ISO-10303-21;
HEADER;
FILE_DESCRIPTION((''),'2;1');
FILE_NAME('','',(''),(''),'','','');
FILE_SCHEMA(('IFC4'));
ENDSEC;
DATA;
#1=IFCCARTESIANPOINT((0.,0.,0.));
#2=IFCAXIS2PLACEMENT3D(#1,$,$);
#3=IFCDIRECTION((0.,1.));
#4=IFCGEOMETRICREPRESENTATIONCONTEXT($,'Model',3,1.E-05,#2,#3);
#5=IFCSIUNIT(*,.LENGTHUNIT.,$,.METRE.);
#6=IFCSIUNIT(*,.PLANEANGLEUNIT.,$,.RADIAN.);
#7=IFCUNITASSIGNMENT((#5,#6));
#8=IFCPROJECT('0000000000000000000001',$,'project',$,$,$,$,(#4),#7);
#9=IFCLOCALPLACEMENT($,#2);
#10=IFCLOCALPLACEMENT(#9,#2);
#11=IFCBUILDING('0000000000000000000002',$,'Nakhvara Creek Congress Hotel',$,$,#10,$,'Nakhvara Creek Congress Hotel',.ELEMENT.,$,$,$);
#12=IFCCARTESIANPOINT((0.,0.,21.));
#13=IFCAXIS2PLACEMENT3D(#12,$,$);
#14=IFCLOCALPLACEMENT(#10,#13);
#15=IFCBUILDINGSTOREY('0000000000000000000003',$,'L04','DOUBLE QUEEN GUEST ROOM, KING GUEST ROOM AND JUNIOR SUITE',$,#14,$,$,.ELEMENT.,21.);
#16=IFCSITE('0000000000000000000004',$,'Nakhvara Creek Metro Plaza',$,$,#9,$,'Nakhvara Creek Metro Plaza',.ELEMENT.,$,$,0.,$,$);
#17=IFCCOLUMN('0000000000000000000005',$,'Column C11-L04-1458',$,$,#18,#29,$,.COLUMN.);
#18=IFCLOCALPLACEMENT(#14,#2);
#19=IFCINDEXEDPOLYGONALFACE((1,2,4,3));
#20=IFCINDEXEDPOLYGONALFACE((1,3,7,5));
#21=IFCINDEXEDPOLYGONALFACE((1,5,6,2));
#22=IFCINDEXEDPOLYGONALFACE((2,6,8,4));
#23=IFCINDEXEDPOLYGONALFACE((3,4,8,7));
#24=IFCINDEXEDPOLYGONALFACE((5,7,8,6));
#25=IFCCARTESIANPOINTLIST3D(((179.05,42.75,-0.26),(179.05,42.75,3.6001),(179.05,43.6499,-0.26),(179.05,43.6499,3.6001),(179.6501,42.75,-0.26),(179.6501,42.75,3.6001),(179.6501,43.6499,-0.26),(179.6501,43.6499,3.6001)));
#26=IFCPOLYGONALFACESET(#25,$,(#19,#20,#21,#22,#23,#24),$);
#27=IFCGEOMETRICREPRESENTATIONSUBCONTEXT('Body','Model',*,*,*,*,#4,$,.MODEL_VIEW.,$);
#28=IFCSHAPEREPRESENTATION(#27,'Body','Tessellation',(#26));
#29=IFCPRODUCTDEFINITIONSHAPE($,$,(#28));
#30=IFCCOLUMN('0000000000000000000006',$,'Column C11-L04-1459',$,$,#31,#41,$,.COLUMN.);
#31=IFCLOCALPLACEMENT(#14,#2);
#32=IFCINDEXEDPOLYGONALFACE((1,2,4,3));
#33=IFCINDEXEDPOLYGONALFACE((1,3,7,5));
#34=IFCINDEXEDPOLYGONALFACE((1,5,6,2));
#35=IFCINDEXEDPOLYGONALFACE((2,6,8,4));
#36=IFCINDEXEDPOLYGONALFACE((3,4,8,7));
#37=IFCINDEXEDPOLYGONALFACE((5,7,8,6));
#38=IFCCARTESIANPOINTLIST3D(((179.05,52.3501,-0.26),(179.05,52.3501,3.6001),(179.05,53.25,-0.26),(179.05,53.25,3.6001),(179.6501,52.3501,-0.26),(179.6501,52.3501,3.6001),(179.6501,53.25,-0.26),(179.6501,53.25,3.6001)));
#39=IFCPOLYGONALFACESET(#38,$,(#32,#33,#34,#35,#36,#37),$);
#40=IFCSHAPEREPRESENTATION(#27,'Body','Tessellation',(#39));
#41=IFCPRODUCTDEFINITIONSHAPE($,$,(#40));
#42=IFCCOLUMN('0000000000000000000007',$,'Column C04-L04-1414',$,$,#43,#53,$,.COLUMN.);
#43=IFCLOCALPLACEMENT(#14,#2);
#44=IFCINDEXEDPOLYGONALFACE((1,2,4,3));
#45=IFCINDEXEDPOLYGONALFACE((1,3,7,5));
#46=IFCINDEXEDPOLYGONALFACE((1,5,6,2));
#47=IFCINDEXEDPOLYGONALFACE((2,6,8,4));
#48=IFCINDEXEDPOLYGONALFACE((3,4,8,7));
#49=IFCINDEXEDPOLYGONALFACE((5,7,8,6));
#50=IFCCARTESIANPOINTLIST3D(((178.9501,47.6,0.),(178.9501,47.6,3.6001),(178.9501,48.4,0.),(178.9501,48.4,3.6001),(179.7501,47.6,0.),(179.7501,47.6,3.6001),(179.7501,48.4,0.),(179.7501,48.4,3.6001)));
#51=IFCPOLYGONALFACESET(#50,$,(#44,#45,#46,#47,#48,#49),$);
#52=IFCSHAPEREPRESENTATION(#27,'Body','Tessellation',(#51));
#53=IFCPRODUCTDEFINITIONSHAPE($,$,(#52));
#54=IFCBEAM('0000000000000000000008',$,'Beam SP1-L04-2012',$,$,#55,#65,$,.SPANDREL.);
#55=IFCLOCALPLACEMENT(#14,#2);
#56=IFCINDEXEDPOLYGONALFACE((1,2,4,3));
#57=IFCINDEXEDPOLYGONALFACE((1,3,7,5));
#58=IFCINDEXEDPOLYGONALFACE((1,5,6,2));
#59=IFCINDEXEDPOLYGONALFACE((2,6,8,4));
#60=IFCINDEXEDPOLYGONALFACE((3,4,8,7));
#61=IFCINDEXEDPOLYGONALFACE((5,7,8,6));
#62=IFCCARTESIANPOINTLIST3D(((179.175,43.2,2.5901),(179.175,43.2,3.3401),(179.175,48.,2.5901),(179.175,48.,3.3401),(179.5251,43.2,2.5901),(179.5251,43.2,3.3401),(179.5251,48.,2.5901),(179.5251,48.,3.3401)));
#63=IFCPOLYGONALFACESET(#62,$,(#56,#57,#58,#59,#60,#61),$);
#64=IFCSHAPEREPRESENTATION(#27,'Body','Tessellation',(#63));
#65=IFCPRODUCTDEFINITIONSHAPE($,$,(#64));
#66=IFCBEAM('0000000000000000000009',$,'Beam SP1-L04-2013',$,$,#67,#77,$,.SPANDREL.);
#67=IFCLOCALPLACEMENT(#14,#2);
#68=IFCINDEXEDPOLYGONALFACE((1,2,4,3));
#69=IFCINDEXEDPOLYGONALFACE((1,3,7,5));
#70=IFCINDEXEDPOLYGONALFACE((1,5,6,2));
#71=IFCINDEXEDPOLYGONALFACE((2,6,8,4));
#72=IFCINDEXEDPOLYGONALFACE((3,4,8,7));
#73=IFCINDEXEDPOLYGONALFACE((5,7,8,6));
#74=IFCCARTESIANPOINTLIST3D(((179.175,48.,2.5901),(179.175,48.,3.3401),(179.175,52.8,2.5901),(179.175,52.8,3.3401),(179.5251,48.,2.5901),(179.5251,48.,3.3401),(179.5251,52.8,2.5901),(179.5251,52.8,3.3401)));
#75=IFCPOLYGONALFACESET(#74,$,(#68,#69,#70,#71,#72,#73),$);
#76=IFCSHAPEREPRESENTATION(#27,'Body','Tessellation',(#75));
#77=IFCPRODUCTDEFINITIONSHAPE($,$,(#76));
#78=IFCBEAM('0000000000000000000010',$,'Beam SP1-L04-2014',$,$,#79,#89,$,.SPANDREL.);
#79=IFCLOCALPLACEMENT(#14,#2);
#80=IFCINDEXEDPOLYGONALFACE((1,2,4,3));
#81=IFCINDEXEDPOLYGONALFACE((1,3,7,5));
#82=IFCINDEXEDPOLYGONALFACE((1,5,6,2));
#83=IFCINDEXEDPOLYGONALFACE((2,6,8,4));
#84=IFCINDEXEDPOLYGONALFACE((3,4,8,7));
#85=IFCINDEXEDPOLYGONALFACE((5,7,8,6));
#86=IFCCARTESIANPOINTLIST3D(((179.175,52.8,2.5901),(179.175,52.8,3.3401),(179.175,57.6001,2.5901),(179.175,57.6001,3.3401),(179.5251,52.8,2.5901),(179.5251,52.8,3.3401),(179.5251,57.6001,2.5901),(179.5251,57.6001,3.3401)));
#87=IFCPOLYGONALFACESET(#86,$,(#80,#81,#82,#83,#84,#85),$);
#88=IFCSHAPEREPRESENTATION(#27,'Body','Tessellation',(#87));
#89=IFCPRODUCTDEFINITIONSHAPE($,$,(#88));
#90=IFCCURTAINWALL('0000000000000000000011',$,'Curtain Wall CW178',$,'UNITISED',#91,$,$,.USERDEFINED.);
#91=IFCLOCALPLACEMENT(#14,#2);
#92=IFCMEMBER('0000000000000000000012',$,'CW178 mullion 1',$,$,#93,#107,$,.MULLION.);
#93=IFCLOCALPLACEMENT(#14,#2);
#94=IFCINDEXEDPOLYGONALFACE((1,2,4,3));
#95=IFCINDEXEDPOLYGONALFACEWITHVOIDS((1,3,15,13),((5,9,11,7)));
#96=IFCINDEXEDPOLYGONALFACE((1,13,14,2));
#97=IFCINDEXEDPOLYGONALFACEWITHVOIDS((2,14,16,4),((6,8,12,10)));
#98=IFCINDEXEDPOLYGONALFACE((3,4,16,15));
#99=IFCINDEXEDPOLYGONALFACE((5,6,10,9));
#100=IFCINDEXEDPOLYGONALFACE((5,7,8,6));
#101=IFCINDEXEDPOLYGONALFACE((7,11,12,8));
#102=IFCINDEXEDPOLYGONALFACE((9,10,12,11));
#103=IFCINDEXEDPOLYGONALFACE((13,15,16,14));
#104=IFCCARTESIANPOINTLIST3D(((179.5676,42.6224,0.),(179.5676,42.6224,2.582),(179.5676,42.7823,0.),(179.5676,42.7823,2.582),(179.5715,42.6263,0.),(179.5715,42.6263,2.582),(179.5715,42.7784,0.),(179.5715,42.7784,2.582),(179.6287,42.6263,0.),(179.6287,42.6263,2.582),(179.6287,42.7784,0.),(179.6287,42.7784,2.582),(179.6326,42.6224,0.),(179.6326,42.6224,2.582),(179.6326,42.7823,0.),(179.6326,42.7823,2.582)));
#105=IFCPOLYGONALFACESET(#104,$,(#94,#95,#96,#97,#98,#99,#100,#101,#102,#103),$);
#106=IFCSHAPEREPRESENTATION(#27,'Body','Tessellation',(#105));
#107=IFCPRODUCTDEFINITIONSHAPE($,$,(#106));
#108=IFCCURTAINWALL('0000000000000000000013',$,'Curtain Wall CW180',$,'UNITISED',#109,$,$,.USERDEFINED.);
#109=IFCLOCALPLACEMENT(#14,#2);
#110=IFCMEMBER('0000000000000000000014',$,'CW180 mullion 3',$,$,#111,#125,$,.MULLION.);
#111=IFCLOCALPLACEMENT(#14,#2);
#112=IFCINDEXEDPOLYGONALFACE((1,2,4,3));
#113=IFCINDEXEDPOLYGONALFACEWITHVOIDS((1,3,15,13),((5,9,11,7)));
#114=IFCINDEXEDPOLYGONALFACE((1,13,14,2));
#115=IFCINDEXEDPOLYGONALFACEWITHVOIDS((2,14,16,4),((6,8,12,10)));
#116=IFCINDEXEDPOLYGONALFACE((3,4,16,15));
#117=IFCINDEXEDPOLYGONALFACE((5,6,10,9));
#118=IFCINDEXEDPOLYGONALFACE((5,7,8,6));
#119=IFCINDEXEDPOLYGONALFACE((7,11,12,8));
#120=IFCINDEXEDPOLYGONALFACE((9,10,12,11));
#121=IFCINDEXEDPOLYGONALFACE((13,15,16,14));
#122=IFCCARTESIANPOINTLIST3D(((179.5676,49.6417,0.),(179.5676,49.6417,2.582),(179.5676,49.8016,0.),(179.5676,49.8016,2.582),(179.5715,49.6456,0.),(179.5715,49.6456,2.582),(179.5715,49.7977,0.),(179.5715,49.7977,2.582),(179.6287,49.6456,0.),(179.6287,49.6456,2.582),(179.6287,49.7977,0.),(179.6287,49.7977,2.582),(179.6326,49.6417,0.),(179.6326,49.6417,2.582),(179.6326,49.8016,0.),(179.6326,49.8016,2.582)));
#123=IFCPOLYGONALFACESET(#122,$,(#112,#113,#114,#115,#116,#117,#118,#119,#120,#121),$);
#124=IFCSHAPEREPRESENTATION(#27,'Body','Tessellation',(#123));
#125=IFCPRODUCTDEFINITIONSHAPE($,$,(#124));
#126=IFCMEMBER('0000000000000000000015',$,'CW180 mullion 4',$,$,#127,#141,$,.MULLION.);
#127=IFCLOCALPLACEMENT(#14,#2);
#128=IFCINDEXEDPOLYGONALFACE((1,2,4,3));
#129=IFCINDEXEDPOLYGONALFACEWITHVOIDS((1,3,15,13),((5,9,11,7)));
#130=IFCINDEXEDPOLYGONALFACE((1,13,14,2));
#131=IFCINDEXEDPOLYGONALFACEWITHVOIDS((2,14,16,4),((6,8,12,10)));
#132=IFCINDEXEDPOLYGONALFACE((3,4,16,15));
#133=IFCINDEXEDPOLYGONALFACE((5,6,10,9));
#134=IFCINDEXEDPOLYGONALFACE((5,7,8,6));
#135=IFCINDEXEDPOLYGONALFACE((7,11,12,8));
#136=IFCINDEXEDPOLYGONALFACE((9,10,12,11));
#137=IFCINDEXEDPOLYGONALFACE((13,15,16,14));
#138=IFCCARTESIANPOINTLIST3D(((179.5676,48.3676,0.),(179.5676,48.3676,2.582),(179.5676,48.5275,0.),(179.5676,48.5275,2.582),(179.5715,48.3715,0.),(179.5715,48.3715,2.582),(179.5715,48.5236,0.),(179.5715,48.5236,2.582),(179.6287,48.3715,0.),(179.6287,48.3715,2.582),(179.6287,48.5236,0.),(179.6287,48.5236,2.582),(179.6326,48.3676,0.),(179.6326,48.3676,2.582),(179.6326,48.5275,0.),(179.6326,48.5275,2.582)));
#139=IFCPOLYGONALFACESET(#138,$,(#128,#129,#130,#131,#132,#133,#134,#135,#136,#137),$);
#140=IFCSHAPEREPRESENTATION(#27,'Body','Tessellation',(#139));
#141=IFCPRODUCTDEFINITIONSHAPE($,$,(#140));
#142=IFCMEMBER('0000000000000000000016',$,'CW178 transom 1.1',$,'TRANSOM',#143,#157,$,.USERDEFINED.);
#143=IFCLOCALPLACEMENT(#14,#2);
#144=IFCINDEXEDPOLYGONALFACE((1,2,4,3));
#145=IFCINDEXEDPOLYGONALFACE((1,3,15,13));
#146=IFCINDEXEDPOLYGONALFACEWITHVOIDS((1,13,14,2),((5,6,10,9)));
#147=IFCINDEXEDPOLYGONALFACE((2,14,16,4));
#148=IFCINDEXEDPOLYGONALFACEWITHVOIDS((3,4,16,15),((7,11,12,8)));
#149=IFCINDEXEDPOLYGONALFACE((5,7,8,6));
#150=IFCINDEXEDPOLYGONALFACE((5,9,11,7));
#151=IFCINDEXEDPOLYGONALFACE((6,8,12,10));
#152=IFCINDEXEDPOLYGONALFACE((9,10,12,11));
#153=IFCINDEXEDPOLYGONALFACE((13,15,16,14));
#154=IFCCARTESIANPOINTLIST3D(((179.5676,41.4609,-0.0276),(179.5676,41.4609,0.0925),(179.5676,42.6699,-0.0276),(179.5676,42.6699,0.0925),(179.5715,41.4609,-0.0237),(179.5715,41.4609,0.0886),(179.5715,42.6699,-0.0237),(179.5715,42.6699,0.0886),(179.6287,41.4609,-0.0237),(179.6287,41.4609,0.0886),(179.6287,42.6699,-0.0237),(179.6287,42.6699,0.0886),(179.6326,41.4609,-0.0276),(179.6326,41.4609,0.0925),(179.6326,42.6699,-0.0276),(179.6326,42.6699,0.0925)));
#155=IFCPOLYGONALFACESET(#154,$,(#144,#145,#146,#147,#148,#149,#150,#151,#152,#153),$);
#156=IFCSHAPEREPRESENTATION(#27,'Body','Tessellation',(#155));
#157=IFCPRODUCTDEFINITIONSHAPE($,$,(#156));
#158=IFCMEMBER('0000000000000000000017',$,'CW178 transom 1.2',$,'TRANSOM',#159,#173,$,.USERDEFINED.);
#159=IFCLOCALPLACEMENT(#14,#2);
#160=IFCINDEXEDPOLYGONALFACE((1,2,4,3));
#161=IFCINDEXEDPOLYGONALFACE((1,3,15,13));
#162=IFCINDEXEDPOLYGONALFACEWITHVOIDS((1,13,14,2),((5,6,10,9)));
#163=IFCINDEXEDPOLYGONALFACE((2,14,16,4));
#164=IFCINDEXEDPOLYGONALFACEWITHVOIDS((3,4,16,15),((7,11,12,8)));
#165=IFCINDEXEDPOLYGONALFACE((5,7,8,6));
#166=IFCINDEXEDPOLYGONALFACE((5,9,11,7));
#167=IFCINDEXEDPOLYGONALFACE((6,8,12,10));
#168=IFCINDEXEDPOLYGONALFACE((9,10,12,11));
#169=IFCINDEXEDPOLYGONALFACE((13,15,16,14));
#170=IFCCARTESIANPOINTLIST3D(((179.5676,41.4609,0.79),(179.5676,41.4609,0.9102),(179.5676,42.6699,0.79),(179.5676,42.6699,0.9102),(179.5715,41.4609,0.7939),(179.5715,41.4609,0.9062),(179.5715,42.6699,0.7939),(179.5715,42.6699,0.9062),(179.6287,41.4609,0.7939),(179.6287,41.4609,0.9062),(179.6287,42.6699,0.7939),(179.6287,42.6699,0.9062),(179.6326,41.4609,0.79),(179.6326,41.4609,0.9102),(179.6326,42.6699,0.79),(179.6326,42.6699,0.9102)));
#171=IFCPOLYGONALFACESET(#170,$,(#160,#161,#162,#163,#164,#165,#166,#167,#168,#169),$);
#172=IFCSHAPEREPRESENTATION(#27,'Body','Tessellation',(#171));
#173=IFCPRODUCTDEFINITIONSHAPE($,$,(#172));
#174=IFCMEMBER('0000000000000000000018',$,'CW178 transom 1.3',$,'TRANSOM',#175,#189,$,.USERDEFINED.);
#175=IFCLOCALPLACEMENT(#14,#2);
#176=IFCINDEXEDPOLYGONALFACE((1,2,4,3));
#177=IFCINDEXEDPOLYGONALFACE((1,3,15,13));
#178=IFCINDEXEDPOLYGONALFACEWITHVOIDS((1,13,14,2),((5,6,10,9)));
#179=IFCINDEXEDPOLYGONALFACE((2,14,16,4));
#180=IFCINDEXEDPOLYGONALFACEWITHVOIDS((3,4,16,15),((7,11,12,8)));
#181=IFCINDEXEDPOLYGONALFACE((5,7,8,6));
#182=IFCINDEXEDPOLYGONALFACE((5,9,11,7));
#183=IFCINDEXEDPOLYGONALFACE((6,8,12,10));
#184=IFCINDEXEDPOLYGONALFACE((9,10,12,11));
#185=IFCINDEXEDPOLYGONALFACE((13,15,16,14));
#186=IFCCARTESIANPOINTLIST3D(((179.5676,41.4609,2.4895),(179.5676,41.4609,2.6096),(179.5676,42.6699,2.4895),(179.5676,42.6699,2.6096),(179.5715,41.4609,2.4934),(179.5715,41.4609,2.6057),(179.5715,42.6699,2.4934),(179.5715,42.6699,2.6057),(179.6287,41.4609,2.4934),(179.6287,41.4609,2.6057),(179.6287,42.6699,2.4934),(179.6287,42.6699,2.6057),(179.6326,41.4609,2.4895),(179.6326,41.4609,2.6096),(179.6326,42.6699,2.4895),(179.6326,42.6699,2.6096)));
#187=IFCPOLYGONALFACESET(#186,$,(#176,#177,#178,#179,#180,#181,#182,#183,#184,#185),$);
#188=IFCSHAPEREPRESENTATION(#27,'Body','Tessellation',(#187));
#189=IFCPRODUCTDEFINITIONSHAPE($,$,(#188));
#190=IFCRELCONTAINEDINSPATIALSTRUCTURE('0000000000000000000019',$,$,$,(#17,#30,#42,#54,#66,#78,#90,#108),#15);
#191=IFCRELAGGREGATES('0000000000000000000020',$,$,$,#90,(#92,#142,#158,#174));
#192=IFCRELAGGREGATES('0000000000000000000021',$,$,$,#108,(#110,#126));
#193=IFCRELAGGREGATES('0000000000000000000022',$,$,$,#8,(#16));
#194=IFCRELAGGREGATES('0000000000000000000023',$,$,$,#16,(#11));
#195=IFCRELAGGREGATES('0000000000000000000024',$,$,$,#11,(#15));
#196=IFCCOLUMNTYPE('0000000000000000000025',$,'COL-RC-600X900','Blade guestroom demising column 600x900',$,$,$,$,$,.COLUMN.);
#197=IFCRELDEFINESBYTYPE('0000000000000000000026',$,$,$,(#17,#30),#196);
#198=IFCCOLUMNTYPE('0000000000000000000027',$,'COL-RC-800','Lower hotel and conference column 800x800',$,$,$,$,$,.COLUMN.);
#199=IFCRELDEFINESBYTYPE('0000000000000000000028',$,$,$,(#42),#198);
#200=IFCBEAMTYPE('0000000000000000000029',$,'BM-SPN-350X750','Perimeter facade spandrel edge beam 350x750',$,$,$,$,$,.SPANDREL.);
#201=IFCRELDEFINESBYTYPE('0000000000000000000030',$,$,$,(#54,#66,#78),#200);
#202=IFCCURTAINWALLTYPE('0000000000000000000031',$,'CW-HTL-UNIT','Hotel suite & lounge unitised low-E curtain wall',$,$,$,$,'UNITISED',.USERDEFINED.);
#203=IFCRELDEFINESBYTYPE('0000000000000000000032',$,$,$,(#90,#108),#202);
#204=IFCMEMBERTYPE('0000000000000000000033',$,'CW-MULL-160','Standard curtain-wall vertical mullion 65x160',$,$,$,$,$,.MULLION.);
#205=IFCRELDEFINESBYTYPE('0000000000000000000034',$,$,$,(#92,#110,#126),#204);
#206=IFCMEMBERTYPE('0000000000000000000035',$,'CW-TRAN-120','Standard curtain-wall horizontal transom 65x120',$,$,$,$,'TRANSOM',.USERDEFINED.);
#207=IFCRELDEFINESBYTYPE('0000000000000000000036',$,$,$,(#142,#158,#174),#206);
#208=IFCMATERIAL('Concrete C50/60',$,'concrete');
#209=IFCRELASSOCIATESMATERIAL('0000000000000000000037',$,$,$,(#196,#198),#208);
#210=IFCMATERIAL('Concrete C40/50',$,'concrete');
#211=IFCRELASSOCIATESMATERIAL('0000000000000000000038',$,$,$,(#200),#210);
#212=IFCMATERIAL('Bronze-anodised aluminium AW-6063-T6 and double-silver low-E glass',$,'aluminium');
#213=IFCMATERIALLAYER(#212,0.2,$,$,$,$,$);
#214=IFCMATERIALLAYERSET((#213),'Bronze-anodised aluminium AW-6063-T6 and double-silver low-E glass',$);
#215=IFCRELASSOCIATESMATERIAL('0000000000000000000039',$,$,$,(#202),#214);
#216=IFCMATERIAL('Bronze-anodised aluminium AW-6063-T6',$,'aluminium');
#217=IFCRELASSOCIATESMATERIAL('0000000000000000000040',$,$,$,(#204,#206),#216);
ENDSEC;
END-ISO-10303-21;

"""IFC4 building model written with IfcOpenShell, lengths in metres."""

from ifc_helpers import new_model, si_unit, direction, frame, origin, origin_2d, place, context, subcontext, project, spatial, rectangle, hollow_rectangle, extrude, material, layer, layer_set, material_profile, profile_set, type_object, element, aggregate, save


model = new_model("IFC4")

# Units and contexts
model_context = context("Model", 3, precision=1e-05, world=origin(), true_north=direction((0.0, 1.0)))
body_context = subcontext(model_context, "Body", "Model", "MODEL_VIEW")
ifc_project = project(units=[si_unit("LENGTHUNIT", "METRE"), si_unit("PLANEANGLEUNIT", "RADIAN")], contexts=[model_context])

# Site, building, storey
site_placement = place(None, origin())
site = spatial("IfcSite", under=ifc_project, at=site_placement, Name="Nakhvara Creek Metro Plaza", LongName="Nakhvara Creek Metro Plaza", CompositionType="ELEMENT", RefElevation=0.0)
building_placement = place(site_placement, origin())
building = spatial("IfcBuilding", under=site, at=building_placement, Name="Nakhvara Creek Congress Hotel", LongName="Nakhvara Creek Congress Hotel", CompositionType="ELEMENT")
storey_placement = place(building_placement, frame((0.0, 0.0, 21.0)))
storey = spatial("IfcBuildingStorey", under=building, at=storey_placement, Name="L04", Description="DOUBLE QUEEN GUEST ROOM, KING GUEST ROOM AND JUNIOR SUITE", CompositionType="ELEMENT", Elevation=21.0)

# Columns
ifc_material_1 = material(Name="Concrete C50/60", Category="concrete")
ifc_material_profile_1 = material_profile(ifc_material_1, rectangle(XDim=0.6001, YDim=0.8999, at=origin_2d()), Name="RC-COL 600x900", Category="LoadBearing")
ifc_profile_set_1 = profile_set([ifc_material_profile_1], Name="Concrete C50/60")
column_type_1 = type_object("IfcColumnType", Name="COL-RC-600X900", Description="Blade guestroom demising column 600x900", PredefinedType="COLUMN", material=ifc_profile_set_1)
for number, where, z_axis, x_axis, name in (
    (1, (179.3501, 43.2, -0.26), (0.0, 0.0, 1.0), (1.0, 0.0, 0.0), "Column C11-L04-1458"),
    (2, (179.3501, 52.8, -0.26), (0.0, 0.0, 1.0), (1.0, 0.0, 0.0), "Column C11-L04-1459"),
):
    element("IfcColumn", number, at=place(storey_placement, frame(where, z_axis=z_axis, x_axis=x_axis)), inside=storey, type_object=column_type_1, Name=name, PredefinedType="COLUMN", context=body_context, shape_type="SweptSolid", body=[
        extrude(rectangle(XDim=0.6001, YDim=0.8999, at=origin_2d()), origin(), (0.0, 0.0, 1.0), 3.8601),
    ])
ifc_material_profile_2 = material_profile(ifc_material_1, rectangle(XDim=0.8, YDim=0.8, at=origin_2d()), Name="RC-COL 800x800", Category="LoadBearing")
ifc_profile_set_2 = profile_set([ifc_material_profile_2], Name="Concrete C50/60")
column_type_2 = type_object("IfcColumnType", Name="COL-RC-800", Description="Lower hotel and conference column 800x800", PredefinedType="COLUMN", material=ifc_profile_set_2)
column_placement = place(storey_placement, frame((179.3501, 48.0, 0.0), z_axis=(0.0, 0.0, 1.0), x_axis=(1.0, 0.0, 0.0)))
element("IfcColumn", 3, at=column_placement, inside=storey, type_object=column_type_2, Name="Column C04-L04-1414", PredefinedType="COLUMN", context=body_context, shape_type="SweptSolid", body=[
    extrude(rectangle(XDim=0.8, YDim=0.8, at=origin_2d()), origin(), (0.0, 0.0, 1.0), 3.6001),
])

# Beams
ifc_material_2 = material(Name="Concrete C40/50", Category="concrete")
ifc_material_profile_3 = material_profile(ifc_material_2, rectangle(XDim=0.3501, YDim=0.75, at=origin_2d()), Name="RC-SPANDREL 350x750", Category="LoadBearing")
ifc_profile_set_3 = profile_set([ifc_material_profile_3], Name="Concrete C40/50")
beam_type = type_object("IfcBeamType", Name="BM-SPN-350X750", Description="Perimeter facade spandrel edge beam 350x750", PredefinedType="SPANDREL", material=ifc_profile_set_3)
for number, where, z_axis, x_axis, name in (
    (4, (179.3501, 43.2, 2.9651), (0.0, 1.0, 0.0), (-1.0, 0.0, 0.0), "Beam SP1-L04-2012"),
    (5, (179.3501, 48.0, 2.9651), (0.0, 1.0, 0.0), (-1.0, 0.0, 0.0), "Beam SP1-L04-2013"),
    (6, (179.3501, 52.8, 2.9651), (0.0, 1.0, 0.0), (-1.0, 0.0, 0.0), "Beam SP1-L04-2014"),
):
    element("IfcBeam", number, at=place(storey_placement, frame(where, z_axis=z_axis, x_axis=x_axis)), inside=storey, type_object=beam_type, Name=name, PredefinedType="SPANDREL", context=body_context, shape_type="SweptSolid", body=[
        extrude(rectangle(XDim=0.3501, YDim=0.75, at=origin_2d()), origin(), (0.0, 0.0, 1.0), 4.8),
    ])

# Curtain wall, member
ifc_material_3 = material(Name="Bronze-anodised aluminium AW-6063-T6 and double-silver low-E glass", Category="aluminium")
ifc_layer_1 = layer(ifc_material_3, 0.2)
ifc_layer_set_1 = layer_set([ifc_layer_1], Name="Bronze-anodised aluminium AW-6063-T6 and double-silver low-E glass")
curtain_wall_type = type_object("IfcCurtainWallType", Name="CW-HTL-UNIT", Description="Hotel suite & lounge unitised low-E curtain wall", ElementType="UNITISED", PredefinedType="USERDEFINED", material=ifc_layer_set_1)
curtain_wall_1_placement = place(storey_placement, origin())
curtain_wall_1 = element("IfcCurtainWall", 7, at=curtain_wall_1_placement, inside=storey, type_object=curtain_wall_type, Name="Curtain Wall CW178", ObjectType="UNITISED", PredefinedType="USERDEFINED")
ifc_material_4 = material(Name="Bronze-anodised aluminium AW-6063-T6", Category="aluminium")
ifc_material_profile_4 = material_profile(ifc_material_4, hollow_rectangle(XDim=0.0649, YDim=0.1599, WallThickness=0.0039, at=origin_2d()), Name="ALU-MULL 65x160x4", Category="LoadBearing")
ifc_profile_set_4 = profile_set([ifc_material_profile_4], Name="Bronze-anodised aluminium AW-6063-T6")
member_type_1 = type_object("IfcMemberType", Name="CW-MULL-160", Description="Standard curtain-wall vertical mullion 65x160", PredefinedType="MULLION", material=ifc_profile_set_4)
member_1_placement = place(storey_placement, frame((179.6001, 42.7024, 0.0), z_axis=(0.0, 0.0, 1.0), x_axis=(1.0, 0.0, 0.0)))
member_1 = element("IfcMember", 8, at=member_1_placement, type_object=member_type_1, Name="CW178 mullion 1", PredefinedType="MULLION", context=body_context, shape_type="SweptSolid", body=[
    extrude(hollow_rectangle(XDim=0.0649, YDim=0.1599, WallThickness=0.0039, at=origin_2d()), origin(), (0.0, 0.0, 1.0), 2.582),
])

# Curtain wall, members
curtain_wall_2_placement = place(storey_placement, origin())
curtain_wall_2 = element("IfcCurtainWall", 9, at=curtain_wall_2_placement, inside=storey, type_object=curtain_wall_type, Name="Curtain Wall CW180", ObjectType="UNITISED", PredefinedType="USERDEFINED")
member_2_placement = place(storey_placement, frame((179.6001, 49.7217, 0.0), z_axis=(0.0, 0.0, 1.0), x_axis=(1.0, 0.0, 0.0)))
member_2 = element("IfcMember", 10, at=member_2_placement, type_object=member_type_1, Name="CW180 mullion 3", PredefinedType="MULLION", context=body_context, shape_type="SweptSolid", body=[
    extrude(hollow_rectangle(XDim=0.0649, YDim=0.1599, WallThickness=0.0039, at=origin_2d()), origin(), (0.0, 0.0, 1.0), 2.582),
])
member_3_placement = place(storey_placement, frame((179.6001, 48.4475, 0.0), z_axis=(0.0, 0.0, 1.0), x_axis=(1.0, 0.0, 0.0)))
member_3 = element("IfcMember", 11, at=member_3_placement, type_object=member_type_1, Name="CW180 mullion 4", PredefinedType="MULLION", context=body_context, shape_type="SweptSolid", body=[
    extrude(hollow_rectangle(XDim=0.0649, YDim=0.1599, WallThickness=0.0039, at=origin_2d()), origin(), (0.0, 0.0, 1.0), 2.582),
])

# Members
ifc_material_profile_5 = material_profile(ifc_material_4, hollow_rectangle(XDim=0.0649, YDim=0.1201, WallThickness=0.0039, at=origin_2d()), Name="ALU-TRAN 65x120x4", Category="LoadBearing")
ifc_profile_set_5 = profile_set([ifc_material_profile_5], Name="Bronze-anodised aluminium AW-6063-T6")
member_type_2 = type_object("IfcMemberType", Name="CW-TRAN-120", Description="Standard curtain-wall horizontal transom 65x120", ElementType="TRANSOM", PredefinedType="USERDEFINED", material=ifc_profile_set_5)
member_4_placement = place(storey_placement, frame((179.6001, 42.6699, 0.0325), z_axis=(0.0, -1.0, 0.0), x_axis=(1.0, 0.0, 0.0)))
member_4 = element("IfcMember", 12, at=member_4_placement, type_object=member_type_2, Name="CW178 transom 1.1", ObjectType="TRANSOM", PredefinedType="USERDEFINED", context=body_context, shape_type="SweptSolid", body=[
    extrude(hollow_rectangle(XDim=0.0649, YDim=0.1201, WallThickness=0.0039, at=origin_2d()), origin(), (0.0, 0.0, 1.0), 1.209),
])
member_5_placement = place(storey_placement, frame((179.6001, 42.6699, 0.8501), z_axis=(0.0, -1.0, 0.0), x_axis=(1.0, 0.0, 0.0)))
member_5 = element("IfcMember", 13, at=member_5_placement, type_object=member_type_2, Name="CW178 transom 1.2", ObjectType="TRANSOM", PredefinedType="USERDEFINED", context=body_context, shape_type="SweptSolid", body=[
    extrude(hollow_rectangle(XDim=0.0649, YDim=0.1201, WallThickness=0.0039, at=origin_2d()), origin(), (0.0, 0.0, 1.0), 1.209),
])
member_6_placement = place(storey_placement, frame((179.6001, 42.6699, 2.5496), z_axis=(0.0, -1.0, 0.0), x_axis=(1.0, 0.0, 0.0)))
member_6 = element("IfcMember", 14, at=member_6_placement, type_object=member_type_2, Name="CW178 transom 1.3", ObjectType="TRANSOM", PredefinedType="USERDEFINED", context=body_context, shape_type="SweptSolid", body=[
    extrude(hollow_rectangle(XDim=0.0649, YDim=0.1201, WallThickness=0.0039, at=origin_2d()), origin(), (0.0, 0.0, 1.0), 1.209),
])

aggregate(curtain_wall_1, [member_1, member_4, member_5, member_6])
aggregate(curtain_wall_2, [member_2, member_3])

save(model, "model.ifc")
